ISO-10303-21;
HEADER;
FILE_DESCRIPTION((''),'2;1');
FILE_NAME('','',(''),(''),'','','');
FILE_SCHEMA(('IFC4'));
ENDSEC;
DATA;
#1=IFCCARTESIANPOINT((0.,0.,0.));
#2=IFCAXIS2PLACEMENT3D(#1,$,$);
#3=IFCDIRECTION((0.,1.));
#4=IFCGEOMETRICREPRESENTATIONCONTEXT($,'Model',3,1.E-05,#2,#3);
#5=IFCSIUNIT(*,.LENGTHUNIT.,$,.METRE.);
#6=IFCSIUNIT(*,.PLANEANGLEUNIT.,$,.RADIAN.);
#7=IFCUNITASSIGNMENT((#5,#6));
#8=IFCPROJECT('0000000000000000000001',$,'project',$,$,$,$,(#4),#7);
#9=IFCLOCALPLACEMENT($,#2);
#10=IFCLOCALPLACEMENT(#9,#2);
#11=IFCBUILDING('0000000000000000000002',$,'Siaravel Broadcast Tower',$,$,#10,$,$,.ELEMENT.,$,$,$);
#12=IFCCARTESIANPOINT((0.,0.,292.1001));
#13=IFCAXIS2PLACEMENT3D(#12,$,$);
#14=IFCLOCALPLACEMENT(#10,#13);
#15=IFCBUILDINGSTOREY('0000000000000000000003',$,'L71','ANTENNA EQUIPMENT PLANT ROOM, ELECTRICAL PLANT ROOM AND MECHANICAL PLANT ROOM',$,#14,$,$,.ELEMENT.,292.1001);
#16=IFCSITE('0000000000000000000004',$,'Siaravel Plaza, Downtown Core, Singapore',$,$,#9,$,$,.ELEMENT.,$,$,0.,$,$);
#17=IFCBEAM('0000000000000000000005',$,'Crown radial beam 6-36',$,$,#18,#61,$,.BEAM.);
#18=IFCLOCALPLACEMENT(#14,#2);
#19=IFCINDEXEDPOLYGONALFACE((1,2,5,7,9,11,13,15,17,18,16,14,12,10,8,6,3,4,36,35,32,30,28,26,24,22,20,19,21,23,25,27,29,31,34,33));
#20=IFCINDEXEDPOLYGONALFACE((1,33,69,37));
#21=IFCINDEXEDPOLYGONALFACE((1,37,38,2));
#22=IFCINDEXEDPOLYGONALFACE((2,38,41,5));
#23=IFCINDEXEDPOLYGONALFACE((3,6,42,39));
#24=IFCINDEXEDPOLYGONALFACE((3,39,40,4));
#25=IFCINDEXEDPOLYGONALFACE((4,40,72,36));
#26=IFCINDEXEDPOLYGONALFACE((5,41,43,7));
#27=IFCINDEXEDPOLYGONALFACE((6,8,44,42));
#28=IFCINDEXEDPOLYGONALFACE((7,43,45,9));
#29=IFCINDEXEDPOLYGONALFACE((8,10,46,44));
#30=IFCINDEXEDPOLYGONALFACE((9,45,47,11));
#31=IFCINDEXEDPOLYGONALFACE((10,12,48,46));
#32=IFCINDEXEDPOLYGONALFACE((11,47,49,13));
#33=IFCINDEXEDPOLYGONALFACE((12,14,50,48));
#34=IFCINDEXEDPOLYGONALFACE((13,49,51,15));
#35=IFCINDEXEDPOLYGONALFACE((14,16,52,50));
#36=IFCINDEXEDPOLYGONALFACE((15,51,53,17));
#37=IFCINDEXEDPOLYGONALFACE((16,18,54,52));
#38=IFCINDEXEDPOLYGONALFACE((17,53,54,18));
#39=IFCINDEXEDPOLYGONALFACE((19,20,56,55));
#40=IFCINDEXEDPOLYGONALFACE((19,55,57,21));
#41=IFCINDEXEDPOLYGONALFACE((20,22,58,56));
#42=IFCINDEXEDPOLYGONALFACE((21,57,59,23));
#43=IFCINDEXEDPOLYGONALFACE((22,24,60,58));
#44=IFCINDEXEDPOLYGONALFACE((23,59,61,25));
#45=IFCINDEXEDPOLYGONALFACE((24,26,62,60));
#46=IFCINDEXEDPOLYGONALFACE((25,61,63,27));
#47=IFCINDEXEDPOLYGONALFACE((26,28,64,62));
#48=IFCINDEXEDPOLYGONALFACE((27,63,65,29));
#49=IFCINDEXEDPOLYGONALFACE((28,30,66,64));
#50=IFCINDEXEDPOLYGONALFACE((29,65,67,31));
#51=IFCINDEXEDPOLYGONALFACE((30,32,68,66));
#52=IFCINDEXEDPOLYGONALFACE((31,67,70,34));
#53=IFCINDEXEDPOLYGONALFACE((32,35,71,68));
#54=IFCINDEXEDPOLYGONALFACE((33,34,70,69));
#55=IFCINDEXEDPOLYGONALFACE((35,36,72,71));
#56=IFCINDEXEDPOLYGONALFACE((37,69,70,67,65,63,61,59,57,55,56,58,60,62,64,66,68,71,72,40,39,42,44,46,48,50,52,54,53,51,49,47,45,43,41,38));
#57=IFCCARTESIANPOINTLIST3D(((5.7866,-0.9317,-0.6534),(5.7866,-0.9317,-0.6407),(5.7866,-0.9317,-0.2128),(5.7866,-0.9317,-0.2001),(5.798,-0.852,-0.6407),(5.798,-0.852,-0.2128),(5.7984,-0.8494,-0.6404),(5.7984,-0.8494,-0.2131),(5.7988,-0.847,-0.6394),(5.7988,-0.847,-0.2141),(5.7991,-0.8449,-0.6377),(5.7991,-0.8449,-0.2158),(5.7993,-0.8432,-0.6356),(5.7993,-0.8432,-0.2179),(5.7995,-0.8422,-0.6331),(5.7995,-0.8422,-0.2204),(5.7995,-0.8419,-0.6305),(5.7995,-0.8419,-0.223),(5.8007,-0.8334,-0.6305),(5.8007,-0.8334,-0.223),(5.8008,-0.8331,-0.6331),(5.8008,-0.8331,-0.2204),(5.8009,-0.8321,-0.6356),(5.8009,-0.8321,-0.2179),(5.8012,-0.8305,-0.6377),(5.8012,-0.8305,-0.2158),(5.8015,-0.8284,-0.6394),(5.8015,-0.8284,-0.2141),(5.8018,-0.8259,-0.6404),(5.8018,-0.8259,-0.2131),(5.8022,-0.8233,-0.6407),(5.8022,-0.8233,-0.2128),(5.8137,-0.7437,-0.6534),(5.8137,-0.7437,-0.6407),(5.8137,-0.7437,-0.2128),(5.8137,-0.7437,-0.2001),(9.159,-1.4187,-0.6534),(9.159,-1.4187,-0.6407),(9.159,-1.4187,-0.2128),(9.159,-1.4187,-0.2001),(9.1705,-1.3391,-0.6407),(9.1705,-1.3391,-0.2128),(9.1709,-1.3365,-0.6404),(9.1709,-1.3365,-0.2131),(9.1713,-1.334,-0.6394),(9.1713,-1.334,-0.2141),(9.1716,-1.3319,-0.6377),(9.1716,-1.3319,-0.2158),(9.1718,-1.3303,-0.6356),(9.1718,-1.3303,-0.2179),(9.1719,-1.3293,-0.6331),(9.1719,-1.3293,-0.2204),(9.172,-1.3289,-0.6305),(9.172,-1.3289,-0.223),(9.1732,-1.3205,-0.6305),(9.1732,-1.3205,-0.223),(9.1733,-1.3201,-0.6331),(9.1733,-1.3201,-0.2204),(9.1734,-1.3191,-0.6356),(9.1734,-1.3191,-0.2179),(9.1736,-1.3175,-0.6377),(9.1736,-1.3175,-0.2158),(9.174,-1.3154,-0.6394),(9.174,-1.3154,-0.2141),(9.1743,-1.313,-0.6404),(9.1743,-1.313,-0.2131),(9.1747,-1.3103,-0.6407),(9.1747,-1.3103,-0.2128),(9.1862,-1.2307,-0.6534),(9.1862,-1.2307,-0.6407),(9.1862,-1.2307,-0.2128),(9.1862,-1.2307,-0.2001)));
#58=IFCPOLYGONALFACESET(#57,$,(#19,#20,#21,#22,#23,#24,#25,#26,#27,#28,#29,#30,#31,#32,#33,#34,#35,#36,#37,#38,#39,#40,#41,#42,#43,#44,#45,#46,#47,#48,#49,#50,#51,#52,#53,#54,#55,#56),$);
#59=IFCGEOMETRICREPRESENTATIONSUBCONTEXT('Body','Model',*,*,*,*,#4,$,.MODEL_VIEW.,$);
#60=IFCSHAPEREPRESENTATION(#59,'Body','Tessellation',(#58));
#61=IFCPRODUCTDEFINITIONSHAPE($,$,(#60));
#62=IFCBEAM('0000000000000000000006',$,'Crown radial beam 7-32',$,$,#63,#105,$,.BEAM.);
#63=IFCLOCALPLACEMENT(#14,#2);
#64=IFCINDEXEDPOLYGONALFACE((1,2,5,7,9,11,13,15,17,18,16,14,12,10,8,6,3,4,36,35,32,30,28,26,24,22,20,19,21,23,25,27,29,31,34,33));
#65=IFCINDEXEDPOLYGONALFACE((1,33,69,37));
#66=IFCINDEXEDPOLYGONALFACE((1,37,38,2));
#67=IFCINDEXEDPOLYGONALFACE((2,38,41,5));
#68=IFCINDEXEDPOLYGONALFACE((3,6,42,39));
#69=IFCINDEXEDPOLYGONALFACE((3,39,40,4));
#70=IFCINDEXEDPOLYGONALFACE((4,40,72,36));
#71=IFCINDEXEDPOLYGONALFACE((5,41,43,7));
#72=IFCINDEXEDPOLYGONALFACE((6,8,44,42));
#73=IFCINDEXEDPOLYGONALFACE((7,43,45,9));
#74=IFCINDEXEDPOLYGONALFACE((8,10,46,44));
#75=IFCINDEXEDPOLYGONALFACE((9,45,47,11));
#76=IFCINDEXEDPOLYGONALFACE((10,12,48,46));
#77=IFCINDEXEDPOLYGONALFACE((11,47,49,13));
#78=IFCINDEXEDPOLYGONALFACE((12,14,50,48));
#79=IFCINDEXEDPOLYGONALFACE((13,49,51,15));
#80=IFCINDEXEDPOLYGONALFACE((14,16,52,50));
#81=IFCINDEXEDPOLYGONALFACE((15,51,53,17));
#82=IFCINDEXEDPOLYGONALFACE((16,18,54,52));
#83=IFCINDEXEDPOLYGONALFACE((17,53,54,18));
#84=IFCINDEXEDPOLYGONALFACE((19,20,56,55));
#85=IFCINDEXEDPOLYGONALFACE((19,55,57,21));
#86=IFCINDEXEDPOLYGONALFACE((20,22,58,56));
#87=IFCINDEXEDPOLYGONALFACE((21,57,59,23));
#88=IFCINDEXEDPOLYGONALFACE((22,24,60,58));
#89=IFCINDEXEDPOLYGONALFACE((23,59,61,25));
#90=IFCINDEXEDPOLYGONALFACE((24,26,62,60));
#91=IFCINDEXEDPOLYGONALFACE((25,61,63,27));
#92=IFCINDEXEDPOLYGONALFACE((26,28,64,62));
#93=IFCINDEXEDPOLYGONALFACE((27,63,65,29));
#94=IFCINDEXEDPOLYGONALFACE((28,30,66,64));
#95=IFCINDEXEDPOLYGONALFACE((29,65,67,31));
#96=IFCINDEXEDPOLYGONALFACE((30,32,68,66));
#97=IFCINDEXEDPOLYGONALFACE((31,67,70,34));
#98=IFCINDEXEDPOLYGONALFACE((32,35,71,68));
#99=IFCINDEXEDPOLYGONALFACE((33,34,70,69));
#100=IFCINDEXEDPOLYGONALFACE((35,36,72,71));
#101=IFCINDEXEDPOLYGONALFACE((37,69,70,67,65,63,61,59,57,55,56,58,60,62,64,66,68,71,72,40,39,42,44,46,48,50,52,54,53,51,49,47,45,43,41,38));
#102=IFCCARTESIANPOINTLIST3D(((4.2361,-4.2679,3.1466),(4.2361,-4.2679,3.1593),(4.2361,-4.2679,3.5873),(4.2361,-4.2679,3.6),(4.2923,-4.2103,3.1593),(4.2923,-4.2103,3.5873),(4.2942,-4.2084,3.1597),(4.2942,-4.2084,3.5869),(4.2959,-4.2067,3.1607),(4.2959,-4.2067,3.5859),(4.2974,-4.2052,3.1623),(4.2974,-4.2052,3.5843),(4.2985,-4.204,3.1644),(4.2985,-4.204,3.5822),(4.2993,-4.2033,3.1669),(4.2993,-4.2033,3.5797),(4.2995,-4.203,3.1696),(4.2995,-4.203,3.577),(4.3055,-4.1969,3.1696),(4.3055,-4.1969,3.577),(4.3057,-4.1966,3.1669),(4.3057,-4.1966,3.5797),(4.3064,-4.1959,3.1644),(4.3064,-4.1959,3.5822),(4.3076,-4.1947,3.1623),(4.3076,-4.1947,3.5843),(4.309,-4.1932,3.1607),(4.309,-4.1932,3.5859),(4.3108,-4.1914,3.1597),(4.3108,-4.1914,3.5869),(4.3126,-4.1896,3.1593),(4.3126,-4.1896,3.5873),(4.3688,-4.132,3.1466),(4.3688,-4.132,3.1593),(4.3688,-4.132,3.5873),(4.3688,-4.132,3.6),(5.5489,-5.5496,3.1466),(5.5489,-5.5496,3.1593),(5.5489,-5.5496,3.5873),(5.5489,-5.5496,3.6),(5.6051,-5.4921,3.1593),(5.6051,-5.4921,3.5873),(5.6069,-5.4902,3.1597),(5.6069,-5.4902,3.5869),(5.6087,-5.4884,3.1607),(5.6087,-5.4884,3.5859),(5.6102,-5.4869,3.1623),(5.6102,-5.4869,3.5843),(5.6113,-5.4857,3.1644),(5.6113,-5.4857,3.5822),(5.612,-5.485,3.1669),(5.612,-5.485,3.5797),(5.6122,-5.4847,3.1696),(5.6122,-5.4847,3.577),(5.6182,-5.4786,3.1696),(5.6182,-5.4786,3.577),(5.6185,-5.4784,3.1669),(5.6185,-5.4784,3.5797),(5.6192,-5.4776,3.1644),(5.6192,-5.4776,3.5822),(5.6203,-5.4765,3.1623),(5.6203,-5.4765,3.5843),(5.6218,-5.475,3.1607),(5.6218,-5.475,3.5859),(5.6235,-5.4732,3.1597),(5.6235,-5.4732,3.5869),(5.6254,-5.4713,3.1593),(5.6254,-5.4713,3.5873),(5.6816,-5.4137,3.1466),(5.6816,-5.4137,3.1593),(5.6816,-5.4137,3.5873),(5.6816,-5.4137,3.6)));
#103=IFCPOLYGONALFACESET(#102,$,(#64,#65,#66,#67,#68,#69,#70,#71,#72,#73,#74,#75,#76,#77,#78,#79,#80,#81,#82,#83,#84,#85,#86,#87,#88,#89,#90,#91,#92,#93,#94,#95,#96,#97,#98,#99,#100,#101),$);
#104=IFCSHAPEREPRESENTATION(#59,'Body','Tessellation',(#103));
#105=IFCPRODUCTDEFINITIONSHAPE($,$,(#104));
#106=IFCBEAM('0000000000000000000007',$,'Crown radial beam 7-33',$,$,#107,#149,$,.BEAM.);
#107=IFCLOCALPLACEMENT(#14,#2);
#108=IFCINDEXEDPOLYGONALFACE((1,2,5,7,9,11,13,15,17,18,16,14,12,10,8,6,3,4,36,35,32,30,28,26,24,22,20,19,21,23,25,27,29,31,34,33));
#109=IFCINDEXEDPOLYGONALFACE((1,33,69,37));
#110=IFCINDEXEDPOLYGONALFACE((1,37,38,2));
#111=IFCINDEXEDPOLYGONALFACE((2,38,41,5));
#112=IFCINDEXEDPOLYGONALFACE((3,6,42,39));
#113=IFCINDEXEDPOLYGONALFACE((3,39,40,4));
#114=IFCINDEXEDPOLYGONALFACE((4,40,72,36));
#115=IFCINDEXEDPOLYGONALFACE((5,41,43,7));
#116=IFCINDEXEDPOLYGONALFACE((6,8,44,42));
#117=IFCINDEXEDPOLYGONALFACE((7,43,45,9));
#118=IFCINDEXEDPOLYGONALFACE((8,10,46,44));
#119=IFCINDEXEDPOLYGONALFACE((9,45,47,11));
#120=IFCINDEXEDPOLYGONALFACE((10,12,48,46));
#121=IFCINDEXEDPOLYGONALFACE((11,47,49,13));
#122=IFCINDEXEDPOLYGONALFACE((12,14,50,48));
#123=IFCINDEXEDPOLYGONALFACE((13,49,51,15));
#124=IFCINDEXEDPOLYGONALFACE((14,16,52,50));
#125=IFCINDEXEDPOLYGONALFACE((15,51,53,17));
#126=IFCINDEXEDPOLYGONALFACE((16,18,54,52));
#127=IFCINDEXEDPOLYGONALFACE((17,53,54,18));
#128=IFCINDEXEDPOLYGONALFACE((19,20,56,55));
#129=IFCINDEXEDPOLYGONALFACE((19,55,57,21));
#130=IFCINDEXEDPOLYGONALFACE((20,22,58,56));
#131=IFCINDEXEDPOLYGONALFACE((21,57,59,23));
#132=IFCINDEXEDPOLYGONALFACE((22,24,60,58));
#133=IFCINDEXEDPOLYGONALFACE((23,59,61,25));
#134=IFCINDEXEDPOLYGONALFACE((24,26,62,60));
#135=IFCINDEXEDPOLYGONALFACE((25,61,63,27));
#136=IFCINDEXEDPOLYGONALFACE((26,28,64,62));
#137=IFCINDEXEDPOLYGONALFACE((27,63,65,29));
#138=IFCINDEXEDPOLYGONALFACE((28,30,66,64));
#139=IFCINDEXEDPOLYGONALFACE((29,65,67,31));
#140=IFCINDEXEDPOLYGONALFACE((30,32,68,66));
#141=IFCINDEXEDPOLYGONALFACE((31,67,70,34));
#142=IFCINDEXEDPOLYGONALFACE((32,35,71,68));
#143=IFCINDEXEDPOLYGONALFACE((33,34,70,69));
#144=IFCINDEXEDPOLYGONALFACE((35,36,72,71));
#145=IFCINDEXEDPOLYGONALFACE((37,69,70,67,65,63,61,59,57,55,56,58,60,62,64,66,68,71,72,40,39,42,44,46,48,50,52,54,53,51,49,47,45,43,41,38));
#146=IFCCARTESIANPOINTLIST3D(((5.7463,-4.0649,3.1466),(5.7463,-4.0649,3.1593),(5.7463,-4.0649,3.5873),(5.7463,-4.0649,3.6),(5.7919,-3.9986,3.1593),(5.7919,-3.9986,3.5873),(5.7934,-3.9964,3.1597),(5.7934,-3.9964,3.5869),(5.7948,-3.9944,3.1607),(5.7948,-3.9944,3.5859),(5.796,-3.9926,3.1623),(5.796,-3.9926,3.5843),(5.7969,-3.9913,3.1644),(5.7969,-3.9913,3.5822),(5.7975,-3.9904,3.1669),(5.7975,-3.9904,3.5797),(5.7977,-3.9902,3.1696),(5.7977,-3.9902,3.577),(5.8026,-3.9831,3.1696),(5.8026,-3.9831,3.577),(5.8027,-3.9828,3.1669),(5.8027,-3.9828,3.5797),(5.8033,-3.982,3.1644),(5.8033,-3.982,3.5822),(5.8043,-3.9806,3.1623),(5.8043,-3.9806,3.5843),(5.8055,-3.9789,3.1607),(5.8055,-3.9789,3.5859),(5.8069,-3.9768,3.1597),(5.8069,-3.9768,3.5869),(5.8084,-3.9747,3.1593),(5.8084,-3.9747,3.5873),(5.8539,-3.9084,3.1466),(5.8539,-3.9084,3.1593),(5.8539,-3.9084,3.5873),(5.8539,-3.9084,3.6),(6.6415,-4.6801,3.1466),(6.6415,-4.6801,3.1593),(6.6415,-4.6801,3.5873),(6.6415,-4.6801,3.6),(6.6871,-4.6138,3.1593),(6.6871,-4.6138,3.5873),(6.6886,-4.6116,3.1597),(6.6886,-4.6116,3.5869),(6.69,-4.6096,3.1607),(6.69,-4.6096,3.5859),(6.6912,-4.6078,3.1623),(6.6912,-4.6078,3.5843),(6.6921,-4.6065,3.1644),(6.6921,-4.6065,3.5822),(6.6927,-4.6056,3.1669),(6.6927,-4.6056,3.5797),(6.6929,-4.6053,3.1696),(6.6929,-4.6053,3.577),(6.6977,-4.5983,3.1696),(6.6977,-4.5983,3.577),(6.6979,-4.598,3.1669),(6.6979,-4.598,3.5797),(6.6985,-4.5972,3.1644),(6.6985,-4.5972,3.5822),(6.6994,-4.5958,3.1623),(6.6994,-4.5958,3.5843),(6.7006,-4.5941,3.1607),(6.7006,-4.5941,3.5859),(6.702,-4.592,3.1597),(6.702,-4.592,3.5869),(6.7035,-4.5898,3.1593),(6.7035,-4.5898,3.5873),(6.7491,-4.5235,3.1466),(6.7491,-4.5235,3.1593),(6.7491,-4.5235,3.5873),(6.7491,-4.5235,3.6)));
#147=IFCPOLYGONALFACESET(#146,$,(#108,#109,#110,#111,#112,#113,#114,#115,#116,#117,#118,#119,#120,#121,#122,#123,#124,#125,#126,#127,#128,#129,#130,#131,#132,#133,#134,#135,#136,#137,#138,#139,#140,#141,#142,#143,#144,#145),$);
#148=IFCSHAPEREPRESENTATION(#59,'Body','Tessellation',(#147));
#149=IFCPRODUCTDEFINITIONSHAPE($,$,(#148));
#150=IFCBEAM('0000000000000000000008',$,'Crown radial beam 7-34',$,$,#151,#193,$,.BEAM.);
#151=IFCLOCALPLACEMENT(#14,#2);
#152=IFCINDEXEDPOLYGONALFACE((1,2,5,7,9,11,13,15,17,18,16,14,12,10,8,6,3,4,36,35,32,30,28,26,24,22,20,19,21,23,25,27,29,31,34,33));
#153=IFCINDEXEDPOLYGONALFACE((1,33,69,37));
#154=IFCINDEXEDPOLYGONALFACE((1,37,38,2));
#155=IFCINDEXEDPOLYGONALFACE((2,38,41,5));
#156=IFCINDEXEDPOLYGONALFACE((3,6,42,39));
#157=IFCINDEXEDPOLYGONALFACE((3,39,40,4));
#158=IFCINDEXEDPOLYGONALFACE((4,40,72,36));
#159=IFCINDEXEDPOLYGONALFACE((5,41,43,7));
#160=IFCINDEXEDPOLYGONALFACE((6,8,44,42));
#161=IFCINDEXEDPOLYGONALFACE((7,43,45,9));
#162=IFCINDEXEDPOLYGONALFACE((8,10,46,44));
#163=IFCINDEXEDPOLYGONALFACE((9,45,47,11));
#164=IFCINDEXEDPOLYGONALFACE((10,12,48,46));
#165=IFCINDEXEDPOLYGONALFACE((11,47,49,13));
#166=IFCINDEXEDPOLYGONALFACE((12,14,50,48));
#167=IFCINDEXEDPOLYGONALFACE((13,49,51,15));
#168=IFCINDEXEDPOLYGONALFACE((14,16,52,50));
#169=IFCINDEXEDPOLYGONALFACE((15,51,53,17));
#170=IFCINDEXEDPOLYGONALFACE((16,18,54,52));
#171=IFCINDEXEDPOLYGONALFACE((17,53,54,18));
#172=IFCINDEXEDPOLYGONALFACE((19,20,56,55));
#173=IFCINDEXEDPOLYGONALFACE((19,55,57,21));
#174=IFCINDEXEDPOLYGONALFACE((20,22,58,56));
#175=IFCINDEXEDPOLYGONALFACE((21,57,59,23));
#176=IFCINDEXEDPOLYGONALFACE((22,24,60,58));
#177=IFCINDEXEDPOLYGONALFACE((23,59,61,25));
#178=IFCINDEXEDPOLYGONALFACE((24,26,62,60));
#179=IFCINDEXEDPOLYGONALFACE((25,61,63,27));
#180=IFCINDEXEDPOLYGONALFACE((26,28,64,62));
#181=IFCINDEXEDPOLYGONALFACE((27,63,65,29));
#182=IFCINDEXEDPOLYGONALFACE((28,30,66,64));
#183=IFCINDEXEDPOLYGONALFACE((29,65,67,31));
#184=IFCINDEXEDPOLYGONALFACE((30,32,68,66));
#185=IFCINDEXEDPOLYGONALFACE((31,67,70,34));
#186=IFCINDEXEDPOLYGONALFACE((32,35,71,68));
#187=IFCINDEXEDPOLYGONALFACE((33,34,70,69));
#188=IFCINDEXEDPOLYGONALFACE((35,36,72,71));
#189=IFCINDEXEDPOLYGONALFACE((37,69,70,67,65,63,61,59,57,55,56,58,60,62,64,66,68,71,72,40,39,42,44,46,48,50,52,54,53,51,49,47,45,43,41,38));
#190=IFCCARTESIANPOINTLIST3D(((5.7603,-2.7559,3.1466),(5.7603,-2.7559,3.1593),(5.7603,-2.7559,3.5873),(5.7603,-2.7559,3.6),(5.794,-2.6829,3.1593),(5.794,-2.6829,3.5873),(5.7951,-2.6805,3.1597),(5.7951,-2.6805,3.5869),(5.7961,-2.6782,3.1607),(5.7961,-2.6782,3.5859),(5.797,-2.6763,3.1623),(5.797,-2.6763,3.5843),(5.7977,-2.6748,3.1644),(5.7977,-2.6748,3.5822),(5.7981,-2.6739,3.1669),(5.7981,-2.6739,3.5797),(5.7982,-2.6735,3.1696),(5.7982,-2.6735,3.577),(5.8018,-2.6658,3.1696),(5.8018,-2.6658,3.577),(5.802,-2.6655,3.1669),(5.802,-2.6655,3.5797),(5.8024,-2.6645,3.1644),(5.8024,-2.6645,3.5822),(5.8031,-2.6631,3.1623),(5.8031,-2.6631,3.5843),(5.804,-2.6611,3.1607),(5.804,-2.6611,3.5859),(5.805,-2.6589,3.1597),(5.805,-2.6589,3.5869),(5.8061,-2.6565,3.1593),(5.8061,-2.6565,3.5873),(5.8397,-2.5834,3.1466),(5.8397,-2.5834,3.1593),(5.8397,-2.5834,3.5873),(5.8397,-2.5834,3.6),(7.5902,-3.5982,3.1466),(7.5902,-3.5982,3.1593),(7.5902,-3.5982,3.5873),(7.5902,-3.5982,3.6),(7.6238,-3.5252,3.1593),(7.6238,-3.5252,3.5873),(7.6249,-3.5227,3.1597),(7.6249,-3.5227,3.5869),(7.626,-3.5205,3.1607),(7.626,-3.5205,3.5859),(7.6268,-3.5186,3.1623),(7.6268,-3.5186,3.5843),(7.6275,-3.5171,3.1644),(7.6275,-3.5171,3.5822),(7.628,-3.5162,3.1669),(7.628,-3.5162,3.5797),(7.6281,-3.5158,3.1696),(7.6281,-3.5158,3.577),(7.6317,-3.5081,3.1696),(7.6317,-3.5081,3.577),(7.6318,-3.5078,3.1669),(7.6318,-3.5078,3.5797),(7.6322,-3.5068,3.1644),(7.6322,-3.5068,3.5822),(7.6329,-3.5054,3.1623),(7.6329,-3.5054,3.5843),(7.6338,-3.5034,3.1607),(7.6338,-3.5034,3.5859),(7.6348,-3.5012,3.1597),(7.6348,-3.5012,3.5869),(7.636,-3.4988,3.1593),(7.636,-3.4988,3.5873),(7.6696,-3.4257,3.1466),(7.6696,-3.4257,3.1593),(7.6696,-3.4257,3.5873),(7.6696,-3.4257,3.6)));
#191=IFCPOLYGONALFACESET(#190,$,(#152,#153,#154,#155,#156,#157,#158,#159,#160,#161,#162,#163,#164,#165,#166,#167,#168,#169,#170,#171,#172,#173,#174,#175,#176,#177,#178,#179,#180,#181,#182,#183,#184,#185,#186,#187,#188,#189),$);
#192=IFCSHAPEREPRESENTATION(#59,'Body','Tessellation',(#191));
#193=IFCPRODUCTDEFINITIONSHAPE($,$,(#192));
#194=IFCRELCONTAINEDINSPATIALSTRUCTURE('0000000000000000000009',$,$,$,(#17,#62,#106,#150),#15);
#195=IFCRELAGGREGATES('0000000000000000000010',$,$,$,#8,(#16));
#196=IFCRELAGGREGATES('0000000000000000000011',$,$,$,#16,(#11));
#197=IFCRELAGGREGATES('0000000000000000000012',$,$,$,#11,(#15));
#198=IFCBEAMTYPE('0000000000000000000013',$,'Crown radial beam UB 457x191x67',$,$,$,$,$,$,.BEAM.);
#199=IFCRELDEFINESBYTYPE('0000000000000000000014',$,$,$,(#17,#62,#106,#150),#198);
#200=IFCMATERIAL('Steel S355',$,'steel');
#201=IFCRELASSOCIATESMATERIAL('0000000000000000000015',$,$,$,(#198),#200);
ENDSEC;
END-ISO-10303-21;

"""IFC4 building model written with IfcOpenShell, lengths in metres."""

from ifc_helpers import new_model, si_unit, direction, frame, origin, origin_2d, place, context, subcontext, project, spatial, i_section, extrude, material, material_profile, profile_set, type_object, element, save


model = new_model("IFC4")

# Units and contexts
model_context = context("Model", 3, precision=1e-05, world=origin(), true_north=direction((0.0, 1.0)))
body_context = subcontext(model_context, "Body", "Model", "MODEL_VIEW")
ifc_project = project(units=[si_unit("LENGTHUNIT", "METRE"), si_unit("PLANEANGLEUNIT", "RADIAN")], contexts=[model_context])

# Site, building, storey
site_placement = place(None, origin())
site = spatial("IfcSite", under=ifc_project, at=site_placement, Name="Siaravel Plaza, Downtown Core, Singapore", CompositionType="ELEMENT", RefElevation=0.0)
building_placement = place(site_placement, origin())
building = spatial("IfcBuilding", under=site, at=building_placement, Name="Siaravel Broadcast Tower", CompositionType="ELEMENT")
storey_placement = place(building_placement, frame((0.0, 0.0, 292.1001)))
storey = spatial("IfcBuildingStorey", under=building, at=storey_placement, Name="L71", Description="ANTENNA EQUIPMENT PLANT ROOM, ELECTRICAL PLANT ROOM AND MECHANICAL PLANT ROOM", CompositionType="ELEMENT", Elevation=292.1001)

# Beams
ifc_material_1 = material(Name="Steel S355", Category="steel")
ifc_material_profile_1 = material_profile(ifc_material_1, i_section(OverallWidth=0.1899, OverallDepth=0.4534, WebThickness=0.0085, FlangeThickness=0.0127, FilletRadius=0.0103, at=origin_2d()))
ifc_profile_set_1 = profile_set([ifc_material_profile_1], Name="Steel S355")
beam_type_1 = type_object("IfcBeamType", Name="Crown radial beam UB 457x191x67", PredefinedType="BEAM", material=ifc_profile_set_1)
beam_1_placement = place(storey_placement, frame((9.1726, -1.3247, -0.4268), z_axis=(-0.989732, 0.142936, 0.0), x_axis=(-0.142936, -0.989732, 0.0)))
element("IfcBeam", 1, at=beam_1_placement, inside=storey, type_object=beam_type_1, Name="Crown radial beam 6-36", PredefinedType="BEAM", context=body_context, shape_type="SweptSolid", body=[
    extrude(i_section(OverallWidth=0.1899, OverallDepth=0.4534, WebThickness=0.0085, FlangeThickness=0.0127, FilletRadius=0.0103, at=origin_2d()), origin(), (0.0, 0.0, 1.0), 3.4075),
])
beam_2_placement = place(storey_placement, frame((5.6152, -5.4817, 3.3733), z_axis=(-0.715506, 0.698606, 0.0), x_axis=(-0.698606, -0.715506, 0.0)))
element("IfcBeam", 2, at=beam_2_placement, inside=storey, type_object=beam_type_1, Name="Crown radial beam 7-32", PredefinedType="BEAM", context=body_context, shape_type="SweptSolid", body=[
    extrude(i_section(OverallWidth=0.1899, OverallDepth=0.4534, WebThickness=0.0085, FlangeThickness=0.0127, FilletRadius=0.0103, at=origin_2d()), origin(), (0.0, 0.0, 1.0), 1.8347),
])
beam_3_placement = place(storey_placement, frame((6.6953, -4.6018, 3.3733), z_axis=(-0.824153, 0.566367, 0.0), x_axis=(-0.566367, -0.824153, 0.0)))
element("IfcBeam", 3, at=beam_3_placement, inside=storey, type_object=beam_type_1, Name="Crown radial beam 7-33", PredefinedType="BEAM", context=body_context, shape_type="SweptSolid", body=[
    extrude(i_section(OverallWidth=0.1899, OverallDepth=0.4534, WebThickness=0.0085, FlangeThickness=0.0127, FilletRadius=0.0103, at=origin_2d()), origin(), (0.0, 0.0, 1.0), 1.0862),
])
beam_4_placement = place(storey_placement, frame((7.6299, -3.512, 3.3733), z_axis=(-0.908385, 0.418136, 0.0), x_axis=(-0.418136, -0.908385, 0.0)))
element("IfcBeam", 4, at=beam_4_placement, inside=storey, type_object=beam_type_1, Name="Crown radial beam 7-34", PredefinedType="BEAM", context=body_context, shape_type="SweptSolid", body=[
    extrude(i_section(OverallWidth=0.1899, OverallDepth=0.4534, WebThickness=0.0085, FlangeThickness=0.0127, FilletRadius=0.0103, at=origin_2d()), origin(), (0.0, 0.0, 1.0), 2.0144),
])

save(model, "model.ifc")
